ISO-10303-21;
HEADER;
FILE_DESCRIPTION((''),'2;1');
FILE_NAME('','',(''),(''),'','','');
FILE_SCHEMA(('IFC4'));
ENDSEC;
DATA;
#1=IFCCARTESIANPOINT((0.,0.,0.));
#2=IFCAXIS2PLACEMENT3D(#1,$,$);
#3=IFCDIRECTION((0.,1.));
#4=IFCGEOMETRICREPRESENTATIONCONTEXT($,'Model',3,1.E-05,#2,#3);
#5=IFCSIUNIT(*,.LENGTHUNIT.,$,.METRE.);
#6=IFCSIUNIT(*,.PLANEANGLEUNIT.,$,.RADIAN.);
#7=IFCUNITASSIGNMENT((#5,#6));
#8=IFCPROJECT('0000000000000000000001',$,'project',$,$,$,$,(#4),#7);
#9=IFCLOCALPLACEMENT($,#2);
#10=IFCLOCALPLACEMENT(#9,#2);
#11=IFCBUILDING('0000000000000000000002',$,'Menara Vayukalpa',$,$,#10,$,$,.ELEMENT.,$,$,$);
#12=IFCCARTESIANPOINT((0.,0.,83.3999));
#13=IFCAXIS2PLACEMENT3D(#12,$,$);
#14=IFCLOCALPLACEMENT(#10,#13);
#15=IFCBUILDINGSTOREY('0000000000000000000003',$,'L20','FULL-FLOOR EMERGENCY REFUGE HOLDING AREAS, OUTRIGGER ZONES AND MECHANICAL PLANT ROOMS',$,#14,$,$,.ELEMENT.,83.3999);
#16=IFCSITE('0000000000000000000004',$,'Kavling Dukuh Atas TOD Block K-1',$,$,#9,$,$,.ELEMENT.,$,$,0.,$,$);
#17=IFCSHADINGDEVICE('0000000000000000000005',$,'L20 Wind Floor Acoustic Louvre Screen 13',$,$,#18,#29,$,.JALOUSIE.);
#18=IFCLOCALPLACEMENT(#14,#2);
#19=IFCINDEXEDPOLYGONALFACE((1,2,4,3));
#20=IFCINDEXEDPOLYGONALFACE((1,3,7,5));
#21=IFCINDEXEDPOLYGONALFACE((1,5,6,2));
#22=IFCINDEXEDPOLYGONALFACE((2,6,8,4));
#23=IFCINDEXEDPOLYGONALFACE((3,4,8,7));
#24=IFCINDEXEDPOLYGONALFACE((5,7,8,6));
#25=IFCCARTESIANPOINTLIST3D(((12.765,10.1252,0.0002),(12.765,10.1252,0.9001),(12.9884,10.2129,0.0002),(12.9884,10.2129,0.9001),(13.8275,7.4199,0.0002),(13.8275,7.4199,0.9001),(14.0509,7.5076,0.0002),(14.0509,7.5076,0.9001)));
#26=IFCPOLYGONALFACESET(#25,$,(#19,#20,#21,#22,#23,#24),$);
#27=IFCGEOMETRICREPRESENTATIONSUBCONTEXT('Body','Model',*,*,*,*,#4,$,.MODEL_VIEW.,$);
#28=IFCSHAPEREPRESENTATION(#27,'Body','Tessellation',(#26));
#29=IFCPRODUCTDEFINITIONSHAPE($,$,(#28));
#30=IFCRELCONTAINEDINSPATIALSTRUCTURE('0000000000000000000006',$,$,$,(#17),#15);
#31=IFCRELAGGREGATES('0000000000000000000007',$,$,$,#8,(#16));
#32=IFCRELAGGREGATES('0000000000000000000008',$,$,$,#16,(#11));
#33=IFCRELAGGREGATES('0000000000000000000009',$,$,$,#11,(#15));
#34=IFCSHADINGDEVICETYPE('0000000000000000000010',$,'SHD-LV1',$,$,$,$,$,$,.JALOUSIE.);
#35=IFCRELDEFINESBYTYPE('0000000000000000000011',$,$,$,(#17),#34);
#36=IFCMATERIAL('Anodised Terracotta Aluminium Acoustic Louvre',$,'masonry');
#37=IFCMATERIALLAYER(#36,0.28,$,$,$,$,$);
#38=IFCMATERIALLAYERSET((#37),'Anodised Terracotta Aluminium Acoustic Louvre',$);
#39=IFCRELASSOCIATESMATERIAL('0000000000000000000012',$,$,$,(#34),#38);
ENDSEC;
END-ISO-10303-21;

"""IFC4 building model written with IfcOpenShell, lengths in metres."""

from ifc_helpers import new_model, si_unit, direction, frame, origin, origin_2d, place, context, subcontext, project, spatial, rectangle, extrude, material, layer, layer_set, type_object, element, save


model = new_model("IFC4")

# Units and contexts
model_context = context("Model", 3, precision=1e-05, world=origin(), true_north=direction((0.0, 1.0)))
body_context = subcontext(model_context, "Body", "Model", "MODEL_VIEW")
ifc_project = project(units=[si_unit("LENGTHUNIT", "METRE"), si_unit("PLANEANGLEUNIT", "RADIAN")], contexts=[model_context])

# Site, building, storey
site_placement = place(None, origin())
site = spatial("IfcSite", under=ifc_project, at=site_placement, Name="Kavling Dukuh Atas TOD Block K-1", CompositionType="ELEMENT", RefElevation=0.0)
building_placement = place(site_placement, origin())
building = spatial("IfcBuilding", under=site, at=building_placement, Name="Menara Vayukalpa", CompositionType="ELEMENT")
storey_placement = place(building_placement, frame((0.0, 0.0, 83.3999)))
storey = spatial("IfcBuildingStorey", under=building, at=storey_placement, Name="L20", Description="FULL-FLOOR EMERGENCY REFUGE HOLDING AREAS, OUTRIGGER ZONES AND MECHANICAL PLANT ROOMS", CompositionType="ELEMENT", Elevation=83.3999)

# Shading device
ifc_material_1 = material(Name="Anodised Terracotta Aluminium Acoustic Louvre", Category="masonry")
ifc_layer_1 = layer(ifc_material_1, 0.28)
ifc_layer_set_1 = layer_set([ifc_layer_1], Name="Anodised Terracotta Aluminium Acoustic Louvre")
shading_device_type = type_object("IfcShadingDeviceType", Name="SHD-LV1", PredefinedType="JALOUSIE", material=ifc_layer_set_1)
shading_device_placement = place(storey_placement, frame((13.408, 8.8164, 0.0002), z_axis=(0.0, 0.0, 1.0), x_axis=(0.365543, -0.930794, 0.0)))
element("IfcShadingDevice", 1, at=shading_device_placement, inside=storey, type_object=shading_device_type, Name="L20 Wind Floor Acoustic Louvre Screen 13", PredefinedType="JALOUSIE", context=body_context, shape_type="SweptSolid", body=[
    extrude(rectangle(XDim=2.9065, YDim=0.24, at=origin_2d()), origin(), (0.0, 0.0, 1.0), 0.8999),
])

save(model, "model.ifc")
